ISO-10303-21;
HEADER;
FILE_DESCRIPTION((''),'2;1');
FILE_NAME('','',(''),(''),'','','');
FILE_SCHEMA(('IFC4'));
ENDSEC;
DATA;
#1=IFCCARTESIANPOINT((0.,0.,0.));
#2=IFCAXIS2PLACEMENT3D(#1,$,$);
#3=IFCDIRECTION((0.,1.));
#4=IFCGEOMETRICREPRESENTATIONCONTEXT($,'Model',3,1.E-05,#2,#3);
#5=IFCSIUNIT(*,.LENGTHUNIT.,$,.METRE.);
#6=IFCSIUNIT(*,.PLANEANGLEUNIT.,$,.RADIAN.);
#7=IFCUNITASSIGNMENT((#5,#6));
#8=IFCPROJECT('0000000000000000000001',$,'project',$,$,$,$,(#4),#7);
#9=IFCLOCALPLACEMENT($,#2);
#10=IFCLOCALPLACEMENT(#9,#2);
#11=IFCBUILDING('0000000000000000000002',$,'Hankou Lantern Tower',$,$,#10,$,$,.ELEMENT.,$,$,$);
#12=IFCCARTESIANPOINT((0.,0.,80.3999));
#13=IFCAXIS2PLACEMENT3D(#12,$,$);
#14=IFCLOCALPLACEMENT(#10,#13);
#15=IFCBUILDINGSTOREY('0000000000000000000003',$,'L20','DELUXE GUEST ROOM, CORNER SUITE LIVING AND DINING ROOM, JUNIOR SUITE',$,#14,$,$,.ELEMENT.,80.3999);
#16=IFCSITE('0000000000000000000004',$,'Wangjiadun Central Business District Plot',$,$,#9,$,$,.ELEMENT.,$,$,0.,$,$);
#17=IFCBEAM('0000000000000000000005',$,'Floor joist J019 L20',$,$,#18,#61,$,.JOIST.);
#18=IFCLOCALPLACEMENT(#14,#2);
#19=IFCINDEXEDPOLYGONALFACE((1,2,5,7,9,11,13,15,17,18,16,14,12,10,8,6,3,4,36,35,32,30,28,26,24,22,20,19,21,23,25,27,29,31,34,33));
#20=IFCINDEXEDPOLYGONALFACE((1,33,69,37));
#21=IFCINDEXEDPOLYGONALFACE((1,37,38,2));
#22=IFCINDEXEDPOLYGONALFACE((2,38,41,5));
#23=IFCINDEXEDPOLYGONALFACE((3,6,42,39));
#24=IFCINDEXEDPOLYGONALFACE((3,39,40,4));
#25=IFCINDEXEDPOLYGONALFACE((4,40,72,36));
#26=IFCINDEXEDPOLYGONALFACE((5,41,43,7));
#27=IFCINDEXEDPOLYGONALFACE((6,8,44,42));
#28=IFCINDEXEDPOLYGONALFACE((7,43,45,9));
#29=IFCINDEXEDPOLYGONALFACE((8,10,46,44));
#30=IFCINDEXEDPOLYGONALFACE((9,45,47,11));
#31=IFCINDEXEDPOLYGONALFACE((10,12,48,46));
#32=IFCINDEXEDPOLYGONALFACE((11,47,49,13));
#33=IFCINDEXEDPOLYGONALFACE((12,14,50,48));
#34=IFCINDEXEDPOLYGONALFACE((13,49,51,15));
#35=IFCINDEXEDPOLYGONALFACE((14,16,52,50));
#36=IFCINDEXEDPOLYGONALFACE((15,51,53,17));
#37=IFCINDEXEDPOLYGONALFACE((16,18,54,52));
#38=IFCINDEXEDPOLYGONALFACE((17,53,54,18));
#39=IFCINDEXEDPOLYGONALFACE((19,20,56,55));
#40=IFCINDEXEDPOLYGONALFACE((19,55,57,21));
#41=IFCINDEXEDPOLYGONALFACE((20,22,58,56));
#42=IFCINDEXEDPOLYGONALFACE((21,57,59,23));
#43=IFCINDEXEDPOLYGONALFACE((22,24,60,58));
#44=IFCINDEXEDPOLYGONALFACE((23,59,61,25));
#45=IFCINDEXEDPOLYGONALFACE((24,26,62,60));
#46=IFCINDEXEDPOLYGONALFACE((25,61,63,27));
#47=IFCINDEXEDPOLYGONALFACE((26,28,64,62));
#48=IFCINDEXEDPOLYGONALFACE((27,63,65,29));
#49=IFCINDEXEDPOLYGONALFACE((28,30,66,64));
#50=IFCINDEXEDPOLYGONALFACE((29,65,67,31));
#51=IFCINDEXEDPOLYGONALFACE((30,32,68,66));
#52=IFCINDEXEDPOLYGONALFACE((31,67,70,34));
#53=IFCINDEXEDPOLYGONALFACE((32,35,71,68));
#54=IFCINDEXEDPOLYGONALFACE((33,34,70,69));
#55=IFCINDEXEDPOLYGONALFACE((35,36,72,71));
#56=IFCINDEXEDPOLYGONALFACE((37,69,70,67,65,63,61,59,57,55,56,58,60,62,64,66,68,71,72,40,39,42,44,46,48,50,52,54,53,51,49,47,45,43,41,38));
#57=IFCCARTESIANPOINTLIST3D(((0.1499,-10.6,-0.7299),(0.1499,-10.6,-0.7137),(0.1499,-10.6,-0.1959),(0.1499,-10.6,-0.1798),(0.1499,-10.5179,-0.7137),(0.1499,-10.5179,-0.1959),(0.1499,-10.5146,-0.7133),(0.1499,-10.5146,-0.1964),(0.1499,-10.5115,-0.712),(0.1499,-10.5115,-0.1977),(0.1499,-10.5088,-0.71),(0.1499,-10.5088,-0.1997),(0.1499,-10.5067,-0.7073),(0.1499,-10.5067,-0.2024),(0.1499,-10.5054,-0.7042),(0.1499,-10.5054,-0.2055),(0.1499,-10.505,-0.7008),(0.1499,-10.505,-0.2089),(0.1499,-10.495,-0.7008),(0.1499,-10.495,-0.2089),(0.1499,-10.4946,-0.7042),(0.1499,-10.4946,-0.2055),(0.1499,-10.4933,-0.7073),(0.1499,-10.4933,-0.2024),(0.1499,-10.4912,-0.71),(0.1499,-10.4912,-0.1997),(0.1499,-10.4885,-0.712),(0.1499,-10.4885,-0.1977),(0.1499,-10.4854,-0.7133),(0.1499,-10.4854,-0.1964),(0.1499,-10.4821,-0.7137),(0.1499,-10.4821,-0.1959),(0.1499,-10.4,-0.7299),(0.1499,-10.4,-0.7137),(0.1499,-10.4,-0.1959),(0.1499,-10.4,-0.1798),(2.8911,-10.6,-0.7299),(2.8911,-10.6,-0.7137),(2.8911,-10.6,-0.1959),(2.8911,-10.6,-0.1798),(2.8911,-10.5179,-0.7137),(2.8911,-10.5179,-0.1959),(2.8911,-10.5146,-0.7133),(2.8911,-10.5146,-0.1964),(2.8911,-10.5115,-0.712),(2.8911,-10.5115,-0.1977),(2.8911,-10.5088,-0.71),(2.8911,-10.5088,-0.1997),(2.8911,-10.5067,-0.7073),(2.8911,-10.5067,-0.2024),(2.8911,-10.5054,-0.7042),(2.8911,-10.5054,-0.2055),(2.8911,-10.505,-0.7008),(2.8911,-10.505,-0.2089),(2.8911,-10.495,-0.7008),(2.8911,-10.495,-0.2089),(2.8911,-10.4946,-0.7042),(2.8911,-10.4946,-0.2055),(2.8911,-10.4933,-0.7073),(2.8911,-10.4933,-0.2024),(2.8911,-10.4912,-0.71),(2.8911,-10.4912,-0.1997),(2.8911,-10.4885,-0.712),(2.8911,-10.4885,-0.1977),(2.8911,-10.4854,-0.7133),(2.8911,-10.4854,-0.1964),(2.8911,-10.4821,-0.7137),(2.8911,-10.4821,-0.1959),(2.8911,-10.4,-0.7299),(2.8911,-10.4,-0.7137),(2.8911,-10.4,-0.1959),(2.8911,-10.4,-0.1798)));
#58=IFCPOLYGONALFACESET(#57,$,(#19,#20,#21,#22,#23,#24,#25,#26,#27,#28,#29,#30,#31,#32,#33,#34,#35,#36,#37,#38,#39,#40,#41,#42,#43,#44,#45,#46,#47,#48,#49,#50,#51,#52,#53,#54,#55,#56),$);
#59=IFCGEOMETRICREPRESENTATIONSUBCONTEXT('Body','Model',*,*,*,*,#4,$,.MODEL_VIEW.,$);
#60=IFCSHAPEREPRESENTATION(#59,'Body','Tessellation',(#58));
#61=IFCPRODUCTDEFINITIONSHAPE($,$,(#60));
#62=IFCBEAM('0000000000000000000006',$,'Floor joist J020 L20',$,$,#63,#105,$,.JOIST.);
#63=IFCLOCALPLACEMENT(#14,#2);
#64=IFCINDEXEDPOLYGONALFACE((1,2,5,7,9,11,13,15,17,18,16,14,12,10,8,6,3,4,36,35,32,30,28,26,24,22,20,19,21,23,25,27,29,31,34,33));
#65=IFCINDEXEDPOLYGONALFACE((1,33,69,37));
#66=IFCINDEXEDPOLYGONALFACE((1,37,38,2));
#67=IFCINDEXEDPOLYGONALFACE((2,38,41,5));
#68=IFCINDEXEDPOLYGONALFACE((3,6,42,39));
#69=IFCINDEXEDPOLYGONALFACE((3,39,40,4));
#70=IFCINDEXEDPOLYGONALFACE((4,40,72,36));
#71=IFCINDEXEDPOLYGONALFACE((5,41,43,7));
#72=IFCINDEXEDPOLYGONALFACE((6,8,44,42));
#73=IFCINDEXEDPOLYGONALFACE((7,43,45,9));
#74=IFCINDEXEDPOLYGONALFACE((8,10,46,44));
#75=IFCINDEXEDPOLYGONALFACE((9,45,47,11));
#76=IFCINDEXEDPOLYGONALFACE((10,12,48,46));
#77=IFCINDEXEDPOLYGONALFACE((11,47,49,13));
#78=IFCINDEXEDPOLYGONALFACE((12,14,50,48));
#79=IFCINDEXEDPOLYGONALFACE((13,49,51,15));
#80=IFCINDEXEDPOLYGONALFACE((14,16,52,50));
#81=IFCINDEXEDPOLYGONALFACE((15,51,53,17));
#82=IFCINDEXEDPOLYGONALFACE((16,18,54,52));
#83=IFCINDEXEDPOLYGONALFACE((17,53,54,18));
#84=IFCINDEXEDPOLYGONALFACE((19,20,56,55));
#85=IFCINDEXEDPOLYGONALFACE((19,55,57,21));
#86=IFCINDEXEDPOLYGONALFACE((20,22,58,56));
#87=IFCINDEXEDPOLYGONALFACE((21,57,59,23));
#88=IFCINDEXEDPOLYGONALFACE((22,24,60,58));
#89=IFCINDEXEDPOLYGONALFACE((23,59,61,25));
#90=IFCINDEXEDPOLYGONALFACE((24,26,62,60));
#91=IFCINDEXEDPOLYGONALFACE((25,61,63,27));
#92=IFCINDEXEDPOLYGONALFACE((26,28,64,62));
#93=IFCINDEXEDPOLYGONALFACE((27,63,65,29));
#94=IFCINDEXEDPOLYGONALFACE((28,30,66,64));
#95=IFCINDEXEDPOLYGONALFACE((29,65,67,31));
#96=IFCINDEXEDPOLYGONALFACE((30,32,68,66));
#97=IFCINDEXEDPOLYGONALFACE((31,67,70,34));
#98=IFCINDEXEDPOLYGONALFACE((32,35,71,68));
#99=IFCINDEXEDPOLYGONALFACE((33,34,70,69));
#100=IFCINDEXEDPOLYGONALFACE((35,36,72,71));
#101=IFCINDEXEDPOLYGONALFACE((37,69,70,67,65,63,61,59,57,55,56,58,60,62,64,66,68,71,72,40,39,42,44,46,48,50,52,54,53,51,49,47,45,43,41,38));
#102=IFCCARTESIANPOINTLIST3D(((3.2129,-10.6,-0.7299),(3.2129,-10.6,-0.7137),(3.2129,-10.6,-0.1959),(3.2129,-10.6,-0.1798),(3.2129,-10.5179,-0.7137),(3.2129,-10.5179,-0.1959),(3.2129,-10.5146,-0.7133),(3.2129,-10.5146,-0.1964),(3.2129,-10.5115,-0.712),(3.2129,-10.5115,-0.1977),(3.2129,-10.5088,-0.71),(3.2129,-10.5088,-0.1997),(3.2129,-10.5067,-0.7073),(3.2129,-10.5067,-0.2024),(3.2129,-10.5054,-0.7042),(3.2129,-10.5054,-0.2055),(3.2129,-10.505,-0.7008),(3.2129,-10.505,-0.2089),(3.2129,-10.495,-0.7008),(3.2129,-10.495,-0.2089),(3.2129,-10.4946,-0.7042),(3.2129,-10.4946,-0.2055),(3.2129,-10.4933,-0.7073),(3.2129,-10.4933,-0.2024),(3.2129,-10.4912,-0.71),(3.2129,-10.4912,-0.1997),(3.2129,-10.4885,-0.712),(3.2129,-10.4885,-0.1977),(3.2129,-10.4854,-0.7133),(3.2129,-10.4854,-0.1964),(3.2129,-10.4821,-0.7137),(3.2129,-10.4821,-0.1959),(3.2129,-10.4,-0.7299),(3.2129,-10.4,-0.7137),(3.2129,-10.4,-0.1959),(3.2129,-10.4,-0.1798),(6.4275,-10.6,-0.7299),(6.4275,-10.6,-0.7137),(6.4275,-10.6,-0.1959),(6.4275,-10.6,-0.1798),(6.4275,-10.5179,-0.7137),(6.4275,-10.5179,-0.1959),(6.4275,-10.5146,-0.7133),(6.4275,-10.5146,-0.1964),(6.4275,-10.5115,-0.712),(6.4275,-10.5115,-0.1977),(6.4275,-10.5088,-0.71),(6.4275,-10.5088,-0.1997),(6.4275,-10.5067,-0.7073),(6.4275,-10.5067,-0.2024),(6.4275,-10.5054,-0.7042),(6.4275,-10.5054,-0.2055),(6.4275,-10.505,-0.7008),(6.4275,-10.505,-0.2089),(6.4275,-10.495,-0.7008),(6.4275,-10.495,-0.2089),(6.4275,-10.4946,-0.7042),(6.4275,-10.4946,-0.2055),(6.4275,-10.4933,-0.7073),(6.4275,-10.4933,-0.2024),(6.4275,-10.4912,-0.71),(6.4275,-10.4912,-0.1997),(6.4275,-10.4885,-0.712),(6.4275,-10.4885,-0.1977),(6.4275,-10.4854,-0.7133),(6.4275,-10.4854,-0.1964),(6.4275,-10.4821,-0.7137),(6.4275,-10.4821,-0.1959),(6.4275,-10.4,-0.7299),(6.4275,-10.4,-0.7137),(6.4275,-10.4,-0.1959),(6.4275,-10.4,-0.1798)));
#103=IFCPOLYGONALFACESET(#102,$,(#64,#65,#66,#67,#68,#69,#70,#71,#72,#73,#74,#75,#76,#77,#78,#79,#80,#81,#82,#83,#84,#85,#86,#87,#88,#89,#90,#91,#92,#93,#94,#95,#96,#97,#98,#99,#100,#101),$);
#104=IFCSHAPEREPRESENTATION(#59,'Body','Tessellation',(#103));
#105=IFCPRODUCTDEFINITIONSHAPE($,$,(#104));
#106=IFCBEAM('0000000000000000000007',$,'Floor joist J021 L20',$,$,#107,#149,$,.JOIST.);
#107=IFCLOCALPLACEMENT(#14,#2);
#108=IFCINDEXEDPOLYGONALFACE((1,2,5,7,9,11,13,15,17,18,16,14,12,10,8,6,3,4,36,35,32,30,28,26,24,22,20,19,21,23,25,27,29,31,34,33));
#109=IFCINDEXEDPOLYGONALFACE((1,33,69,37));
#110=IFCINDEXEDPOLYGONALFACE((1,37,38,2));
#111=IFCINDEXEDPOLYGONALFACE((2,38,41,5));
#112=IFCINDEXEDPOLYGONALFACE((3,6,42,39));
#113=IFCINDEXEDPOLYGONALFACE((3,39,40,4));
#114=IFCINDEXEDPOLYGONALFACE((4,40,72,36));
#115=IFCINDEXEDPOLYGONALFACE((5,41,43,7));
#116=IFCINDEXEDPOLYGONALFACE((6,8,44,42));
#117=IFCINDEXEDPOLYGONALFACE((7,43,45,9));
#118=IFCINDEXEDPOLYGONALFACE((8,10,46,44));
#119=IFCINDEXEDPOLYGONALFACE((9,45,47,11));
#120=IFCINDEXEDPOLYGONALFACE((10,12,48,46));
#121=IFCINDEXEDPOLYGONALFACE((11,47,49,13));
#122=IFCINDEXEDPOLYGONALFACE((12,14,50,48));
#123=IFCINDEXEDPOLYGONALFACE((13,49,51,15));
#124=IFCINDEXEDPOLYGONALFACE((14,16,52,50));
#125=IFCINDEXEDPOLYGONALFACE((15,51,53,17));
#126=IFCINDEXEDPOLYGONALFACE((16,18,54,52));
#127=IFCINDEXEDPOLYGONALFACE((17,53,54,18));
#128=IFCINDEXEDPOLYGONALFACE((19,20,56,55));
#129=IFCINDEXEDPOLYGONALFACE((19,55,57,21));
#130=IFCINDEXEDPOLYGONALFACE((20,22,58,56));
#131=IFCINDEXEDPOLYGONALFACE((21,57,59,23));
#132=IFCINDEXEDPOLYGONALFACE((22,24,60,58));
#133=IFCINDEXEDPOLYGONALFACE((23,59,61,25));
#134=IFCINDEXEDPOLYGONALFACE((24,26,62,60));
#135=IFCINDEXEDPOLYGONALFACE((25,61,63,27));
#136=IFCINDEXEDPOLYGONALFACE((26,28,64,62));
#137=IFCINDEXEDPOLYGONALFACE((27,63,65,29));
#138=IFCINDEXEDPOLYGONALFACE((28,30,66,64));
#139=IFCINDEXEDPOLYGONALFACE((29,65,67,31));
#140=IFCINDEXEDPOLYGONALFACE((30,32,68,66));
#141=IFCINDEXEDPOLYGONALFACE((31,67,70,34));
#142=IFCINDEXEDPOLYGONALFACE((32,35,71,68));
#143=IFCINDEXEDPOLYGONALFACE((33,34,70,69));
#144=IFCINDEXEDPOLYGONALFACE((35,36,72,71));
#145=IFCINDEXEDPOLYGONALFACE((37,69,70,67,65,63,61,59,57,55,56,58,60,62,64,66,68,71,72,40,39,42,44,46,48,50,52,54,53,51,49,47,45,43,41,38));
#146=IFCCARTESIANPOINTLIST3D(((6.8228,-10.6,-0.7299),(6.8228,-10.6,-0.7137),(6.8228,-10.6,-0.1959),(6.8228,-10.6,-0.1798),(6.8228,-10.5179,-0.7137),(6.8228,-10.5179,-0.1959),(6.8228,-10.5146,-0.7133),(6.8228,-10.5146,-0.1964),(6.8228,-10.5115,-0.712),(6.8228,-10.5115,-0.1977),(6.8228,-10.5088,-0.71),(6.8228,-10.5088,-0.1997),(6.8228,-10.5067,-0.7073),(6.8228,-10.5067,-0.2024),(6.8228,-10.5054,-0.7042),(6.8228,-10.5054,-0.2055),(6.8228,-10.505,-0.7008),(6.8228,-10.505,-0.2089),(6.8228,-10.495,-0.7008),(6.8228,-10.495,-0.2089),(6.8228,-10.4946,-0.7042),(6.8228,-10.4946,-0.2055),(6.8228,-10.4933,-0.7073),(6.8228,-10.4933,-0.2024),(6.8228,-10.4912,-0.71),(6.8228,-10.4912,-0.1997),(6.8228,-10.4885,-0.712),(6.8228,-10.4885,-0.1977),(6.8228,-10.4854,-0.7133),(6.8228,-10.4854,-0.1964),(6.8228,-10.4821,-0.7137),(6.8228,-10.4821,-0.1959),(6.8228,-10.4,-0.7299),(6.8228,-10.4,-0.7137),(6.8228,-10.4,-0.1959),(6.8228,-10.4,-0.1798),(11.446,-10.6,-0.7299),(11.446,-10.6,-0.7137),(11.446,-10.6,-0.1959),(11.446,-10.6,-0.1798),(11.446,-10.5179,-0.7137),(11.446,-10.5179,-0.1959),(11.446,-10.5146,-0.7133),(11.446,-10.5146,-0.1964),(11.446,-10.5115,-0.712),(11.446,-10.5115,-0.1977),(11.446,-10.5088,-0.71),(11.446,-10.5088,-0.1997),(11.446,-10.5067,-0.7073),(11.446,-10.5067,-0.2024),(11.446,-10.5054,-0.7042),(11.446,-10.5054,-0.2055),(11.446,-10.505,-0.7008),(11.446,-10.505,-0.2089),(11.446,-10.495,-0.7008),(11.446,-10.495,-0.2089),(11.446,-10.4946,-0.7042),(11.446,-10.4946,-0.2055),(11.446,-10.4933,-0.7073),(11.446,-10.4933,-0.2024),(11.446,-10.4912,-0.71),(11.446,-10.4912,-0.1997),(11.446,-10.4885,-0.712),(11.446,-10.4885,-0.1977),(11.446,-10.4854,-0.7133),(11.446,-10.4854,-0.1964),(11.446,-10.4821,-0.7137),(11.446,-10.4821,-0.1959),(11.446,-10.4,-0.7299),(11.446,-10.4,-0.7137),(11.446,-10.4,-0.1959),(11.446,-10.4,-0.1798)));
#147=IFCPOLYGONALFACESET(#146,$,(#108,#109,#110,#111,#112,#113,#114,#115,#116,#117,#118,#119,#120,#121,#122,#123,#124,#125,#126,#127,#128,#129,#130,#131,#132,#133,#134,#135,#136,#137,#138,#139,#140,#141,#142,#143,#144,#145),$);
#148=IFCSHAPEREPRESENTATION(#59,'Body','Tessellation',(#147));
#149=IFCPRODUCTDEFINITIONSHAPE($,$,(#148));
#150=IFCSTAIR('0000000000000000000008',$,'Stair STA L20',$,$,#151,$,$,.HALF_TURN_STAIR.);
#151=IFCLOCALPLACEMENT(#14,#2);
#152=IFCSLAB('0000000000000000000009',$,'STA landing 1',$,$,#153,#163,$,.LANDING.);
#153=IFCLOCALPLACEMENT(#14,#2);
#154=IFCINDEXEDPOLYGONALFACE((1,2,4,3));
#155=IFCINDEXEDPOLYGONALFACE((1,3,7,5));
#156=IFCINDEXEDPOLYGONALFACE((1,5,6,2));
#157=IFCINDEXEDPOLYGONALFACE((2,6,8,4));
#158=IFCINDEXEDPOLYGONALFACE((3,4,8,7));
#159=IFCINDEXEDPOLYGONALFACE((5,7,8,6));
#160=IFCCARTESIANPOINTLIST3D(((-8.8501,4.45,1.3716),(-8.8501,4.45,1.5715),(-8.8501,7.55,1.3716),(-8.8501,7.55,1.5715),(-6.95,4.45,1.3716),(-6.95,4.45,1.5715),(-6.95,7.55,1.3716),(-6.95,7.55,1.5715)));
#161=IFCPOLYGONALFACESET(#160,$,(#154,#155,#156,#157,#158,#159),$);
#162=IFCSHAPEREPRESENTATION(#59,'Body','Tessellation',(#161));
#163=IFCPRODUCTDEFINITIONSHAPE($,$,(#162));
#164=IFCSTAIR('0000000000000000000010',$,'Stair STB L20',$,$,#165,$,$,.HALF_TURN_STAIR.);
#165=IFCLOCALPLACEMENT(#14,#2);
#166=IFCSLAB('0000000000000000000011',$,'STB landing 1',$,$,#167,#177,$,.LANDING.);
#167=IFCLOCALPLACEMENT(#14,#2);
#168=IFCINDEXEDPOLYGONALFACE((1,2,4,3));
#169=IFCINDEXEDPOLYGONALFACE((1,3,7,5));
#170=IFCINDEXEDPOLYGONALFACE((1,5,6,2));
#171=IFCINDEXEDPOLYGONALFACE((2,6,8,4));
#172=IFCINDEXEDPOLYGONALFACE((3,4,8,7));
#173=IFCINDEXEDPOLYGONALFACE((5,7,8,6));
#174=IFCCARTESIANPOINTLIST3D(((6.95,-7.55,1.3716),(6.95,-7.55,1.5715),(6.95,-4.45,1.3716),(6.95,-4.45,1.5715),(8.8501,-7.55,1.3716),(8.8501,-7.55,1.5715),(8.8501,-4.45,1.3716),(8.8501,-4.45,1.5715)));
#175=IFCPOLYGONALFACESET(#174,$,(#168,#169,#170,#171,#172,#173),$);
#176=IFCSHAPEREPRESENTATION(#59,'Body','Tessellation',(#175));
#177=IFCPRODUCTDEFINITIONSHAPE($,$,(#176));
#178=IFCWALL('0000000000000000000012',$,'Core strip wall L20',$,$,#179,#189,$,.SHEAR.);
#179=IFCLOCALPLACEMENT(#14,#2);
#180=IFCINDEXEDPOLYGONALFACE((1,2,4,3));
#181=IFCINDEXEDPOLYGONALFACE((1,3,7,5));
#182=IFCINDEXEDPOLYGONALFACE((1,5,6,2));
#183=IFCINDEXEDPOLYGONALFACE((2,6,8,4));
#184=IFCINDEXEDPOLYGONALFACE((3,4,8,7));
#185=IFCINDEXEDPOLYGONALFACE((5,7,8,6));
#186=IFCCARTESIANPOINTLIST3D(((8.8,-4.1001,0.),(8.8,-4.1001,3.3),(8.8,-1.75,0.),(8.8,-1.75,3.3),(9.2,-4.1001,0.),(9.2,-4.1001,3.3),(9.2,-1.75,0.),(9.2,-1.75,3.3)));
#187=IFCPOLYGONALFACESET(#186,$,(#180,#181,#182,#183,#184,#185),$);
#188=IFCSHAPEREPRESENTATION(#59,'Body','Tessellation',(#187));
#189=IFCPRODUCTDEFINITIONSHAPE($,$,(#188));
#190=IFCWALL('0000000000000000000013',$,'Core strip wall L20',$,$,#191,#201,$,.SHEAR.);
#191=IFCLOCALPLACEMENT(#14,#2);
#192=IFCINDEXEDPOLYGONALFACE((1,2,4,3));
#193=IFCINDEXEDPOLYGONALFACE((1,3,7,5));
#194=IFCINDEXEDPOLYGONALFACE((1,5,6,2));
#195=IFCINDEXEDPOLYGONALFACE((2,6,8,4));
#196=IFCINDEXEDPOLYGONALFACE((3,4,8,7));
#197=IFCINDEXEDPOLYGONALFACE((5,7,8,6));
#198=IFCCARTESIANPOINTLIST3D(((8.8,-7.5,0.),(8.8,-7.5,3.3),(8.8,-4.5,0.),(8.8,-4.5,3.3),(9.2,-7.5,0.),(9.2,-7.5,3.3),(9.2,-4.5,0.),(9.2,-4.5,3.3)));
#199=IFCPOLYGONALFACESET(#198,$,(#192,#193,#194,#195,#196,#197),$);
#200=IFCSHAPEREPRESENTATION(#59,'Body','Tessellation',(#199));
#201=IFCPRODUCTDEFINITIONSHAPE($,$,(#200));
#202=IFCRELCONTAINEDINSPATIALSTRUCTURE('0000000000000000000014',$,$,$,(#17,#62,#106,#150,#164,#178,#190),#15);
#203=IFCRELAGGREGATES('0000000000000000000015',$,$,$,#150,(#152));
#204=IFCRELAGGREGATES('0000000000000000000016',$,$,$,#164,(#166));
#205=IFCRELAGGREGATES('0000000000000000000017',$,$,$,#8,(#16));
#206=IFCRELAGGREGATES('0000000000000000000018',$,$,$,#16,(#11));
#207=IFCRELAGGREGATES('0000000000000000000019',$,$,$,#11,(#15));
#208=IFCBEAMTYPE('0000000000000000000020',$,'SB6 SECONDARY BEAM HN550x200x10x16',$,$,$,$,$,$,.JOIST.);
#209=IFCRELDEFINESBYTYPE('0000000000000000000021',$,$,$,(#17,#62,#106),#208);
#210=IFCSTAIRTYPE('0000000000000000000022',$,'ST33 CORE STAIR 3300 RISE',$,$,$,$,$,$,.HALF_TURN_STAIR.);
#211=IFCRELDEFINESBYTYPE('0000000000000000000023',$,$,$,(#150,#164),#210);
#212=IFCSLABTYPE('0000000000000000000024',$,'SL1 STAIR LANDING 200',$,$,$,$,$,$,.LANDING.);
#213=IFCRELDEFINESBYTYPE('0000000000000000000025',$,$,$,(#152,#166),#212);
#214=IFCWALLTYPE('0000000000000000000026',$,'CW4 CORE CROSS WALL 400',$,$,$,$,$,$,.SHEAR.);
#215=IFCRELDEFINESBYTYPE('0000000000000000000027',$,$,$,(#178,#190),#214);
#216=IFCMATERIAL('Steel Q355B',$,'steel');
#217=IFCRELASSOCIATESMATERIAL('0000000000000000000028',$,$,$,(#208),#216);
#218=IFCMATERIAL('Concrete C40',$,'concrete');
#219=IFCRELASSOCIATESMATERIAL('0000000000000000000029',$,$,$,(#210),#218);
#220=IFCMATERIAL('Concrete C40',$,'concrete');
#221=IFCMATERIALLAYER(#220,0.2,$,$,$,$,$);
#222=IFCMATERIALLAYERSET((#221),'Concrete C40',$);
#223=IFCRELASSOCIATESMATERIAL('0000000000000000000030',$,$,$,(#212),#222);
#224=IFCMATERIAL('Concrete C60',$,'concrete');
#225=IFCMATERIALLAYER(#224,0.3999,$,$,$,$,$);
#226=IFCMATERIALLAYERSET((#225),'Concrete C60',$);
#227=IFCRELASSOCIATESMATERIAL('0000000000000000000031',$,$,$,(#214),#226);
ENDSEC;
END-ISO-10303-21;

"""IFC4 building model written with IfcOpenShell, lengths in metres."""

from ifc_helpers import new_model, si_unit, direction, frame, frame_2d, origin, origin_2d, place, context, subcontext, project, spatial, polyline, rectangle, i_section, outline, extrude, material, layer, layer_set, material_profile, profile_set, type_object, element, aggregate, save


model = new_model("IFC4")

# Units and contexts
model_context = context("Model", 3, precision=1e-05, world=origin(), true_north=direction((0.0, 1.0)))
body_context = subcontext(model_context, "Body", "Model", "MODEL_VIEW")
ifc_project = project(units=[si_unit("LENGTHUNIT", "METRE"), si_unit("PLANEANGLEUNIT", "RADIAN")], contexts=[model_context])

# Site, building, storey
site_placement = place(None, origin())
site = spatial("IfcSite", under=ifc_project, at=site_placement, Name="Wangjiadun Central Business District Plot", CompositionType="ELEMENT", RefElevation=0.0)
building_placement = place(site_placement, origin())
building = spatial("IfcBuilding", under=site, at=building_placement, Name="Hankou Lantern Tower", CompositionType="ELEMENT")
storey_placement = place(building_placement, frame((0.0, 0.0, 80.3999)))
storey = spatial("IfcBuildingStorey", under=building, at=storey_placement, Name="L20", Description="DELUXE GUEST ROOM, CORNER SUITE LIVING AND DINING ROOM, JUNIOR SUITE", CompositionType="ELEMENT", Elevation=80.3999)

# Beams
ifc_material_1 = material(Name="Steel Q355B", Category="steel")
ifc_material_profile_1 = material_profile(ifc_material_1, i_section(OverallWidth=0.2, OverallDepth=0.55, WebThickness=0.01, FlangeThickness=0.0161, FilletRadius=0.0129, at=origin_2d()), Name="HN550x200x10x16")
ifc_profile_set_1 = profile_set([ifc_material_profile_1], Name="Steel Q355B")
beam_type_1 = type_object("IfcBeamType", Name="SB6 SECONDARY BEAM HN550x200x10x16", PredefinedType="JOIST", material=ifc_profile_set_1)
beam_1_placement = place(storey_placement, frame((0.1499, -10.5, -0.4548), z_axis=(1.0, 0.0, 0.0), x_axis=(0.0, 1.0, 0.0)))
element("IfcBeam", 1, at=beam_1_placement, inside=storey, type_object=beam_type_1, Name="Floor joist J019 L20", PredefinedType="JOIST", context=body_context, shape_type="SweptSolid", body=[
    extrude(i_section(OverallWidth=0.2, OverallDepth=0.55, WebThickness=0.01, FlangeThickness=0.0161, FilletRadius=0.0129, at=origin_2d()), origin(), (0.0, 0.0, 1.0), 2.7412),
])
beam_2_placement = place(storey_placement, frame((3.2129, -10.5, -0.4548), z_axis=(1.0, 0.0, 0.0), x_axis=(0.0, 1.0, 0.0)))
element("IfcBeam", 2, at=beam_2_placement, inside=storey, type_object=beam_type_1, Name="Floor joist J020 L20", PredefinedType="JOIST", context=body_context, shape_type="SweptSolid", body=[
    extrude(i_section(OverallWidth=0.2, OverallDepth=0.55, WebThickness=0.01, FlangeThickness=0.0161, FilletRadius=0.0129, at=origin_2d()), origin(), (0.0, 0.0, 1.0), 3.2146),
])
beam_3_placement = place(storey_placement, frame((6.8228, -10.5, -0.4548), z_axis=(1.0, 0.0, 0.0), x_axis=(0.0, 1.0, 0.0)))
element("IfcBeam", 3, at=beam_3_placement, inside=storey, type_object=beam_type_1, Name="Floor joist J021 L20", PredefinedType="JOIST", context=body_context, shape_type="SweptSolid", body=[
    extrude(i_section(OverallWidth=0.2, OverallDepth=0.55, WebThickness=0.01, FlangeThickness=0.0161, FilletRadius=0.0129, at=origin_2d()), origin(), (0.0, 0.0, 1.0), 4.6233),
])

# Stairs, slabs
ifc_material_2 = material(Name="Concrete C40", Category="concrete")
stair_type = type_object("IfcStairType", Name="ST33 CORE STAIR 3300 RISE", PredefinedType="HALF_TURN_STAIR", material=ifc_material_2)
stair_1_placement = place(storey_placement, origin())
stair_1 = element("IfcStair", 4, at=stair_1_placement, inside=storey, type_object=stair_type, Name="Stair STA L20", PredefinedType="HALF_TURN_STAIR")
ifc_material_3 = material(Name="Concrete C40", Category="concrete")
ifc_layer_1 = layer(ifc_material_3, 0.2)
ifc_layer_set_1 = layer_set([ifc_layer_1], Name="Concrete C40")
slab_type_1 = type_object("IfcSlabType", Name="SL1 STAIR LANDING 200", PredefinedType="LANDING", material=ifc_layer_set_1)
slab_1_placement = place(storey_placement, frame((0.0, 0.0, 1.3716)))
slab_1 = element("IfcSlab", 5, at=slab_1_placement, type_object=slab_type_1, Name="STA landing 1", PredefinedType="LANDING", context=body_context, shape_type="SweptSolid", body=[
    extrude(outline(polyline([(-8.8501, 4.45), (-6.95, 4.45), (-6.95, 7.55), (-8.8501, 7.55), (-8.8501, 4.45)])), origin(), (0.0, 0.0, 1.0), 0.2),
])
aggregate(stair_1, [slab_1])
stair_2_placement = place(storey_placement, origin())
stair_2 = element("IfcStair", 6, at=stair_2_placement, inside=storey, type_object=stair_type, Name="Stair STB L20", PredefinedType="HALF_TURN_STAIR")
slab_2_placement = place(storey_placement, frame((0.0, 0.0, 1.3716)))
slab_2 = element("IfcSlab", 7, at=slab_2_placement, type_object=slab_type_1, Name="STB landing 1", PredefinedType="LANDING", context=body_context, shape_type="SweptSolid", body=[
    extrude(outline(polyline([(8.8501, -4.45), (6.95, -4.45), (6.95, -7.55), (8.8501, -7.55), (8.8501, -4.45)])), origin(), (0.0, 0.0, 1.0), 0.2),
])

# Walls
ifc_material_4 = material(Name="Concrete C60", Category="concrete")
ifc_layer_2 = layer(ifc_material_4, 0.3999)
ifc_layer_set_2 = layer_set([ifc_layer_2], Name="Concrete C60")
wall_type_1 = type_object("IfcWallType", Name="CW4 CORE CROSS WALL 400", PredefinedType="SHEAR", material=ifc_layer_set_2)
wall_1_placement = place(storey_placement, frame((9.0, -4.1001, 0.0), z_axis=(0.0, 0.0, 1.0), x_axis=(0.0, 1.0, 0.0)))
element("IfcWall", 8, at=wall_1_placement, inside=storey, type_object=wall_type_1, Name="Core strip wall L20", PredefinedType="SHEAR", context=body_context, shape_type="SweptSolid", body=[
    extrude(rectangle(XDim=2.3501, YDim=0.3999, at=frame_2d((1.175, 0.0))), origin(), (0.0, 0.0, 1.0), 3.3),
])
wall_2_placement = place(storey_placement, frame((9.0, -7.5, 0.0), z_axis=(0.0, 0.0, 1.0), x_axis=(0.0, 1.0, 0.0)))
element("IfcWall", 9, at=wall_2_placement, inside=storey, type_object=wall_type_1, Name="Core strip wall L20", PredefinedType="SHEAR", context=body_context, shape_type="SweptSolid", body=[
    extrude(rectangle(XDim=3.0, YDim=0.3999, at=frame_2d((1.5, 0.0))), origin(), (0.0, 0.0, 1.0), 3.3),
])

aggregate(stair_2, [slab_2])

save(model, "model.ifc")
